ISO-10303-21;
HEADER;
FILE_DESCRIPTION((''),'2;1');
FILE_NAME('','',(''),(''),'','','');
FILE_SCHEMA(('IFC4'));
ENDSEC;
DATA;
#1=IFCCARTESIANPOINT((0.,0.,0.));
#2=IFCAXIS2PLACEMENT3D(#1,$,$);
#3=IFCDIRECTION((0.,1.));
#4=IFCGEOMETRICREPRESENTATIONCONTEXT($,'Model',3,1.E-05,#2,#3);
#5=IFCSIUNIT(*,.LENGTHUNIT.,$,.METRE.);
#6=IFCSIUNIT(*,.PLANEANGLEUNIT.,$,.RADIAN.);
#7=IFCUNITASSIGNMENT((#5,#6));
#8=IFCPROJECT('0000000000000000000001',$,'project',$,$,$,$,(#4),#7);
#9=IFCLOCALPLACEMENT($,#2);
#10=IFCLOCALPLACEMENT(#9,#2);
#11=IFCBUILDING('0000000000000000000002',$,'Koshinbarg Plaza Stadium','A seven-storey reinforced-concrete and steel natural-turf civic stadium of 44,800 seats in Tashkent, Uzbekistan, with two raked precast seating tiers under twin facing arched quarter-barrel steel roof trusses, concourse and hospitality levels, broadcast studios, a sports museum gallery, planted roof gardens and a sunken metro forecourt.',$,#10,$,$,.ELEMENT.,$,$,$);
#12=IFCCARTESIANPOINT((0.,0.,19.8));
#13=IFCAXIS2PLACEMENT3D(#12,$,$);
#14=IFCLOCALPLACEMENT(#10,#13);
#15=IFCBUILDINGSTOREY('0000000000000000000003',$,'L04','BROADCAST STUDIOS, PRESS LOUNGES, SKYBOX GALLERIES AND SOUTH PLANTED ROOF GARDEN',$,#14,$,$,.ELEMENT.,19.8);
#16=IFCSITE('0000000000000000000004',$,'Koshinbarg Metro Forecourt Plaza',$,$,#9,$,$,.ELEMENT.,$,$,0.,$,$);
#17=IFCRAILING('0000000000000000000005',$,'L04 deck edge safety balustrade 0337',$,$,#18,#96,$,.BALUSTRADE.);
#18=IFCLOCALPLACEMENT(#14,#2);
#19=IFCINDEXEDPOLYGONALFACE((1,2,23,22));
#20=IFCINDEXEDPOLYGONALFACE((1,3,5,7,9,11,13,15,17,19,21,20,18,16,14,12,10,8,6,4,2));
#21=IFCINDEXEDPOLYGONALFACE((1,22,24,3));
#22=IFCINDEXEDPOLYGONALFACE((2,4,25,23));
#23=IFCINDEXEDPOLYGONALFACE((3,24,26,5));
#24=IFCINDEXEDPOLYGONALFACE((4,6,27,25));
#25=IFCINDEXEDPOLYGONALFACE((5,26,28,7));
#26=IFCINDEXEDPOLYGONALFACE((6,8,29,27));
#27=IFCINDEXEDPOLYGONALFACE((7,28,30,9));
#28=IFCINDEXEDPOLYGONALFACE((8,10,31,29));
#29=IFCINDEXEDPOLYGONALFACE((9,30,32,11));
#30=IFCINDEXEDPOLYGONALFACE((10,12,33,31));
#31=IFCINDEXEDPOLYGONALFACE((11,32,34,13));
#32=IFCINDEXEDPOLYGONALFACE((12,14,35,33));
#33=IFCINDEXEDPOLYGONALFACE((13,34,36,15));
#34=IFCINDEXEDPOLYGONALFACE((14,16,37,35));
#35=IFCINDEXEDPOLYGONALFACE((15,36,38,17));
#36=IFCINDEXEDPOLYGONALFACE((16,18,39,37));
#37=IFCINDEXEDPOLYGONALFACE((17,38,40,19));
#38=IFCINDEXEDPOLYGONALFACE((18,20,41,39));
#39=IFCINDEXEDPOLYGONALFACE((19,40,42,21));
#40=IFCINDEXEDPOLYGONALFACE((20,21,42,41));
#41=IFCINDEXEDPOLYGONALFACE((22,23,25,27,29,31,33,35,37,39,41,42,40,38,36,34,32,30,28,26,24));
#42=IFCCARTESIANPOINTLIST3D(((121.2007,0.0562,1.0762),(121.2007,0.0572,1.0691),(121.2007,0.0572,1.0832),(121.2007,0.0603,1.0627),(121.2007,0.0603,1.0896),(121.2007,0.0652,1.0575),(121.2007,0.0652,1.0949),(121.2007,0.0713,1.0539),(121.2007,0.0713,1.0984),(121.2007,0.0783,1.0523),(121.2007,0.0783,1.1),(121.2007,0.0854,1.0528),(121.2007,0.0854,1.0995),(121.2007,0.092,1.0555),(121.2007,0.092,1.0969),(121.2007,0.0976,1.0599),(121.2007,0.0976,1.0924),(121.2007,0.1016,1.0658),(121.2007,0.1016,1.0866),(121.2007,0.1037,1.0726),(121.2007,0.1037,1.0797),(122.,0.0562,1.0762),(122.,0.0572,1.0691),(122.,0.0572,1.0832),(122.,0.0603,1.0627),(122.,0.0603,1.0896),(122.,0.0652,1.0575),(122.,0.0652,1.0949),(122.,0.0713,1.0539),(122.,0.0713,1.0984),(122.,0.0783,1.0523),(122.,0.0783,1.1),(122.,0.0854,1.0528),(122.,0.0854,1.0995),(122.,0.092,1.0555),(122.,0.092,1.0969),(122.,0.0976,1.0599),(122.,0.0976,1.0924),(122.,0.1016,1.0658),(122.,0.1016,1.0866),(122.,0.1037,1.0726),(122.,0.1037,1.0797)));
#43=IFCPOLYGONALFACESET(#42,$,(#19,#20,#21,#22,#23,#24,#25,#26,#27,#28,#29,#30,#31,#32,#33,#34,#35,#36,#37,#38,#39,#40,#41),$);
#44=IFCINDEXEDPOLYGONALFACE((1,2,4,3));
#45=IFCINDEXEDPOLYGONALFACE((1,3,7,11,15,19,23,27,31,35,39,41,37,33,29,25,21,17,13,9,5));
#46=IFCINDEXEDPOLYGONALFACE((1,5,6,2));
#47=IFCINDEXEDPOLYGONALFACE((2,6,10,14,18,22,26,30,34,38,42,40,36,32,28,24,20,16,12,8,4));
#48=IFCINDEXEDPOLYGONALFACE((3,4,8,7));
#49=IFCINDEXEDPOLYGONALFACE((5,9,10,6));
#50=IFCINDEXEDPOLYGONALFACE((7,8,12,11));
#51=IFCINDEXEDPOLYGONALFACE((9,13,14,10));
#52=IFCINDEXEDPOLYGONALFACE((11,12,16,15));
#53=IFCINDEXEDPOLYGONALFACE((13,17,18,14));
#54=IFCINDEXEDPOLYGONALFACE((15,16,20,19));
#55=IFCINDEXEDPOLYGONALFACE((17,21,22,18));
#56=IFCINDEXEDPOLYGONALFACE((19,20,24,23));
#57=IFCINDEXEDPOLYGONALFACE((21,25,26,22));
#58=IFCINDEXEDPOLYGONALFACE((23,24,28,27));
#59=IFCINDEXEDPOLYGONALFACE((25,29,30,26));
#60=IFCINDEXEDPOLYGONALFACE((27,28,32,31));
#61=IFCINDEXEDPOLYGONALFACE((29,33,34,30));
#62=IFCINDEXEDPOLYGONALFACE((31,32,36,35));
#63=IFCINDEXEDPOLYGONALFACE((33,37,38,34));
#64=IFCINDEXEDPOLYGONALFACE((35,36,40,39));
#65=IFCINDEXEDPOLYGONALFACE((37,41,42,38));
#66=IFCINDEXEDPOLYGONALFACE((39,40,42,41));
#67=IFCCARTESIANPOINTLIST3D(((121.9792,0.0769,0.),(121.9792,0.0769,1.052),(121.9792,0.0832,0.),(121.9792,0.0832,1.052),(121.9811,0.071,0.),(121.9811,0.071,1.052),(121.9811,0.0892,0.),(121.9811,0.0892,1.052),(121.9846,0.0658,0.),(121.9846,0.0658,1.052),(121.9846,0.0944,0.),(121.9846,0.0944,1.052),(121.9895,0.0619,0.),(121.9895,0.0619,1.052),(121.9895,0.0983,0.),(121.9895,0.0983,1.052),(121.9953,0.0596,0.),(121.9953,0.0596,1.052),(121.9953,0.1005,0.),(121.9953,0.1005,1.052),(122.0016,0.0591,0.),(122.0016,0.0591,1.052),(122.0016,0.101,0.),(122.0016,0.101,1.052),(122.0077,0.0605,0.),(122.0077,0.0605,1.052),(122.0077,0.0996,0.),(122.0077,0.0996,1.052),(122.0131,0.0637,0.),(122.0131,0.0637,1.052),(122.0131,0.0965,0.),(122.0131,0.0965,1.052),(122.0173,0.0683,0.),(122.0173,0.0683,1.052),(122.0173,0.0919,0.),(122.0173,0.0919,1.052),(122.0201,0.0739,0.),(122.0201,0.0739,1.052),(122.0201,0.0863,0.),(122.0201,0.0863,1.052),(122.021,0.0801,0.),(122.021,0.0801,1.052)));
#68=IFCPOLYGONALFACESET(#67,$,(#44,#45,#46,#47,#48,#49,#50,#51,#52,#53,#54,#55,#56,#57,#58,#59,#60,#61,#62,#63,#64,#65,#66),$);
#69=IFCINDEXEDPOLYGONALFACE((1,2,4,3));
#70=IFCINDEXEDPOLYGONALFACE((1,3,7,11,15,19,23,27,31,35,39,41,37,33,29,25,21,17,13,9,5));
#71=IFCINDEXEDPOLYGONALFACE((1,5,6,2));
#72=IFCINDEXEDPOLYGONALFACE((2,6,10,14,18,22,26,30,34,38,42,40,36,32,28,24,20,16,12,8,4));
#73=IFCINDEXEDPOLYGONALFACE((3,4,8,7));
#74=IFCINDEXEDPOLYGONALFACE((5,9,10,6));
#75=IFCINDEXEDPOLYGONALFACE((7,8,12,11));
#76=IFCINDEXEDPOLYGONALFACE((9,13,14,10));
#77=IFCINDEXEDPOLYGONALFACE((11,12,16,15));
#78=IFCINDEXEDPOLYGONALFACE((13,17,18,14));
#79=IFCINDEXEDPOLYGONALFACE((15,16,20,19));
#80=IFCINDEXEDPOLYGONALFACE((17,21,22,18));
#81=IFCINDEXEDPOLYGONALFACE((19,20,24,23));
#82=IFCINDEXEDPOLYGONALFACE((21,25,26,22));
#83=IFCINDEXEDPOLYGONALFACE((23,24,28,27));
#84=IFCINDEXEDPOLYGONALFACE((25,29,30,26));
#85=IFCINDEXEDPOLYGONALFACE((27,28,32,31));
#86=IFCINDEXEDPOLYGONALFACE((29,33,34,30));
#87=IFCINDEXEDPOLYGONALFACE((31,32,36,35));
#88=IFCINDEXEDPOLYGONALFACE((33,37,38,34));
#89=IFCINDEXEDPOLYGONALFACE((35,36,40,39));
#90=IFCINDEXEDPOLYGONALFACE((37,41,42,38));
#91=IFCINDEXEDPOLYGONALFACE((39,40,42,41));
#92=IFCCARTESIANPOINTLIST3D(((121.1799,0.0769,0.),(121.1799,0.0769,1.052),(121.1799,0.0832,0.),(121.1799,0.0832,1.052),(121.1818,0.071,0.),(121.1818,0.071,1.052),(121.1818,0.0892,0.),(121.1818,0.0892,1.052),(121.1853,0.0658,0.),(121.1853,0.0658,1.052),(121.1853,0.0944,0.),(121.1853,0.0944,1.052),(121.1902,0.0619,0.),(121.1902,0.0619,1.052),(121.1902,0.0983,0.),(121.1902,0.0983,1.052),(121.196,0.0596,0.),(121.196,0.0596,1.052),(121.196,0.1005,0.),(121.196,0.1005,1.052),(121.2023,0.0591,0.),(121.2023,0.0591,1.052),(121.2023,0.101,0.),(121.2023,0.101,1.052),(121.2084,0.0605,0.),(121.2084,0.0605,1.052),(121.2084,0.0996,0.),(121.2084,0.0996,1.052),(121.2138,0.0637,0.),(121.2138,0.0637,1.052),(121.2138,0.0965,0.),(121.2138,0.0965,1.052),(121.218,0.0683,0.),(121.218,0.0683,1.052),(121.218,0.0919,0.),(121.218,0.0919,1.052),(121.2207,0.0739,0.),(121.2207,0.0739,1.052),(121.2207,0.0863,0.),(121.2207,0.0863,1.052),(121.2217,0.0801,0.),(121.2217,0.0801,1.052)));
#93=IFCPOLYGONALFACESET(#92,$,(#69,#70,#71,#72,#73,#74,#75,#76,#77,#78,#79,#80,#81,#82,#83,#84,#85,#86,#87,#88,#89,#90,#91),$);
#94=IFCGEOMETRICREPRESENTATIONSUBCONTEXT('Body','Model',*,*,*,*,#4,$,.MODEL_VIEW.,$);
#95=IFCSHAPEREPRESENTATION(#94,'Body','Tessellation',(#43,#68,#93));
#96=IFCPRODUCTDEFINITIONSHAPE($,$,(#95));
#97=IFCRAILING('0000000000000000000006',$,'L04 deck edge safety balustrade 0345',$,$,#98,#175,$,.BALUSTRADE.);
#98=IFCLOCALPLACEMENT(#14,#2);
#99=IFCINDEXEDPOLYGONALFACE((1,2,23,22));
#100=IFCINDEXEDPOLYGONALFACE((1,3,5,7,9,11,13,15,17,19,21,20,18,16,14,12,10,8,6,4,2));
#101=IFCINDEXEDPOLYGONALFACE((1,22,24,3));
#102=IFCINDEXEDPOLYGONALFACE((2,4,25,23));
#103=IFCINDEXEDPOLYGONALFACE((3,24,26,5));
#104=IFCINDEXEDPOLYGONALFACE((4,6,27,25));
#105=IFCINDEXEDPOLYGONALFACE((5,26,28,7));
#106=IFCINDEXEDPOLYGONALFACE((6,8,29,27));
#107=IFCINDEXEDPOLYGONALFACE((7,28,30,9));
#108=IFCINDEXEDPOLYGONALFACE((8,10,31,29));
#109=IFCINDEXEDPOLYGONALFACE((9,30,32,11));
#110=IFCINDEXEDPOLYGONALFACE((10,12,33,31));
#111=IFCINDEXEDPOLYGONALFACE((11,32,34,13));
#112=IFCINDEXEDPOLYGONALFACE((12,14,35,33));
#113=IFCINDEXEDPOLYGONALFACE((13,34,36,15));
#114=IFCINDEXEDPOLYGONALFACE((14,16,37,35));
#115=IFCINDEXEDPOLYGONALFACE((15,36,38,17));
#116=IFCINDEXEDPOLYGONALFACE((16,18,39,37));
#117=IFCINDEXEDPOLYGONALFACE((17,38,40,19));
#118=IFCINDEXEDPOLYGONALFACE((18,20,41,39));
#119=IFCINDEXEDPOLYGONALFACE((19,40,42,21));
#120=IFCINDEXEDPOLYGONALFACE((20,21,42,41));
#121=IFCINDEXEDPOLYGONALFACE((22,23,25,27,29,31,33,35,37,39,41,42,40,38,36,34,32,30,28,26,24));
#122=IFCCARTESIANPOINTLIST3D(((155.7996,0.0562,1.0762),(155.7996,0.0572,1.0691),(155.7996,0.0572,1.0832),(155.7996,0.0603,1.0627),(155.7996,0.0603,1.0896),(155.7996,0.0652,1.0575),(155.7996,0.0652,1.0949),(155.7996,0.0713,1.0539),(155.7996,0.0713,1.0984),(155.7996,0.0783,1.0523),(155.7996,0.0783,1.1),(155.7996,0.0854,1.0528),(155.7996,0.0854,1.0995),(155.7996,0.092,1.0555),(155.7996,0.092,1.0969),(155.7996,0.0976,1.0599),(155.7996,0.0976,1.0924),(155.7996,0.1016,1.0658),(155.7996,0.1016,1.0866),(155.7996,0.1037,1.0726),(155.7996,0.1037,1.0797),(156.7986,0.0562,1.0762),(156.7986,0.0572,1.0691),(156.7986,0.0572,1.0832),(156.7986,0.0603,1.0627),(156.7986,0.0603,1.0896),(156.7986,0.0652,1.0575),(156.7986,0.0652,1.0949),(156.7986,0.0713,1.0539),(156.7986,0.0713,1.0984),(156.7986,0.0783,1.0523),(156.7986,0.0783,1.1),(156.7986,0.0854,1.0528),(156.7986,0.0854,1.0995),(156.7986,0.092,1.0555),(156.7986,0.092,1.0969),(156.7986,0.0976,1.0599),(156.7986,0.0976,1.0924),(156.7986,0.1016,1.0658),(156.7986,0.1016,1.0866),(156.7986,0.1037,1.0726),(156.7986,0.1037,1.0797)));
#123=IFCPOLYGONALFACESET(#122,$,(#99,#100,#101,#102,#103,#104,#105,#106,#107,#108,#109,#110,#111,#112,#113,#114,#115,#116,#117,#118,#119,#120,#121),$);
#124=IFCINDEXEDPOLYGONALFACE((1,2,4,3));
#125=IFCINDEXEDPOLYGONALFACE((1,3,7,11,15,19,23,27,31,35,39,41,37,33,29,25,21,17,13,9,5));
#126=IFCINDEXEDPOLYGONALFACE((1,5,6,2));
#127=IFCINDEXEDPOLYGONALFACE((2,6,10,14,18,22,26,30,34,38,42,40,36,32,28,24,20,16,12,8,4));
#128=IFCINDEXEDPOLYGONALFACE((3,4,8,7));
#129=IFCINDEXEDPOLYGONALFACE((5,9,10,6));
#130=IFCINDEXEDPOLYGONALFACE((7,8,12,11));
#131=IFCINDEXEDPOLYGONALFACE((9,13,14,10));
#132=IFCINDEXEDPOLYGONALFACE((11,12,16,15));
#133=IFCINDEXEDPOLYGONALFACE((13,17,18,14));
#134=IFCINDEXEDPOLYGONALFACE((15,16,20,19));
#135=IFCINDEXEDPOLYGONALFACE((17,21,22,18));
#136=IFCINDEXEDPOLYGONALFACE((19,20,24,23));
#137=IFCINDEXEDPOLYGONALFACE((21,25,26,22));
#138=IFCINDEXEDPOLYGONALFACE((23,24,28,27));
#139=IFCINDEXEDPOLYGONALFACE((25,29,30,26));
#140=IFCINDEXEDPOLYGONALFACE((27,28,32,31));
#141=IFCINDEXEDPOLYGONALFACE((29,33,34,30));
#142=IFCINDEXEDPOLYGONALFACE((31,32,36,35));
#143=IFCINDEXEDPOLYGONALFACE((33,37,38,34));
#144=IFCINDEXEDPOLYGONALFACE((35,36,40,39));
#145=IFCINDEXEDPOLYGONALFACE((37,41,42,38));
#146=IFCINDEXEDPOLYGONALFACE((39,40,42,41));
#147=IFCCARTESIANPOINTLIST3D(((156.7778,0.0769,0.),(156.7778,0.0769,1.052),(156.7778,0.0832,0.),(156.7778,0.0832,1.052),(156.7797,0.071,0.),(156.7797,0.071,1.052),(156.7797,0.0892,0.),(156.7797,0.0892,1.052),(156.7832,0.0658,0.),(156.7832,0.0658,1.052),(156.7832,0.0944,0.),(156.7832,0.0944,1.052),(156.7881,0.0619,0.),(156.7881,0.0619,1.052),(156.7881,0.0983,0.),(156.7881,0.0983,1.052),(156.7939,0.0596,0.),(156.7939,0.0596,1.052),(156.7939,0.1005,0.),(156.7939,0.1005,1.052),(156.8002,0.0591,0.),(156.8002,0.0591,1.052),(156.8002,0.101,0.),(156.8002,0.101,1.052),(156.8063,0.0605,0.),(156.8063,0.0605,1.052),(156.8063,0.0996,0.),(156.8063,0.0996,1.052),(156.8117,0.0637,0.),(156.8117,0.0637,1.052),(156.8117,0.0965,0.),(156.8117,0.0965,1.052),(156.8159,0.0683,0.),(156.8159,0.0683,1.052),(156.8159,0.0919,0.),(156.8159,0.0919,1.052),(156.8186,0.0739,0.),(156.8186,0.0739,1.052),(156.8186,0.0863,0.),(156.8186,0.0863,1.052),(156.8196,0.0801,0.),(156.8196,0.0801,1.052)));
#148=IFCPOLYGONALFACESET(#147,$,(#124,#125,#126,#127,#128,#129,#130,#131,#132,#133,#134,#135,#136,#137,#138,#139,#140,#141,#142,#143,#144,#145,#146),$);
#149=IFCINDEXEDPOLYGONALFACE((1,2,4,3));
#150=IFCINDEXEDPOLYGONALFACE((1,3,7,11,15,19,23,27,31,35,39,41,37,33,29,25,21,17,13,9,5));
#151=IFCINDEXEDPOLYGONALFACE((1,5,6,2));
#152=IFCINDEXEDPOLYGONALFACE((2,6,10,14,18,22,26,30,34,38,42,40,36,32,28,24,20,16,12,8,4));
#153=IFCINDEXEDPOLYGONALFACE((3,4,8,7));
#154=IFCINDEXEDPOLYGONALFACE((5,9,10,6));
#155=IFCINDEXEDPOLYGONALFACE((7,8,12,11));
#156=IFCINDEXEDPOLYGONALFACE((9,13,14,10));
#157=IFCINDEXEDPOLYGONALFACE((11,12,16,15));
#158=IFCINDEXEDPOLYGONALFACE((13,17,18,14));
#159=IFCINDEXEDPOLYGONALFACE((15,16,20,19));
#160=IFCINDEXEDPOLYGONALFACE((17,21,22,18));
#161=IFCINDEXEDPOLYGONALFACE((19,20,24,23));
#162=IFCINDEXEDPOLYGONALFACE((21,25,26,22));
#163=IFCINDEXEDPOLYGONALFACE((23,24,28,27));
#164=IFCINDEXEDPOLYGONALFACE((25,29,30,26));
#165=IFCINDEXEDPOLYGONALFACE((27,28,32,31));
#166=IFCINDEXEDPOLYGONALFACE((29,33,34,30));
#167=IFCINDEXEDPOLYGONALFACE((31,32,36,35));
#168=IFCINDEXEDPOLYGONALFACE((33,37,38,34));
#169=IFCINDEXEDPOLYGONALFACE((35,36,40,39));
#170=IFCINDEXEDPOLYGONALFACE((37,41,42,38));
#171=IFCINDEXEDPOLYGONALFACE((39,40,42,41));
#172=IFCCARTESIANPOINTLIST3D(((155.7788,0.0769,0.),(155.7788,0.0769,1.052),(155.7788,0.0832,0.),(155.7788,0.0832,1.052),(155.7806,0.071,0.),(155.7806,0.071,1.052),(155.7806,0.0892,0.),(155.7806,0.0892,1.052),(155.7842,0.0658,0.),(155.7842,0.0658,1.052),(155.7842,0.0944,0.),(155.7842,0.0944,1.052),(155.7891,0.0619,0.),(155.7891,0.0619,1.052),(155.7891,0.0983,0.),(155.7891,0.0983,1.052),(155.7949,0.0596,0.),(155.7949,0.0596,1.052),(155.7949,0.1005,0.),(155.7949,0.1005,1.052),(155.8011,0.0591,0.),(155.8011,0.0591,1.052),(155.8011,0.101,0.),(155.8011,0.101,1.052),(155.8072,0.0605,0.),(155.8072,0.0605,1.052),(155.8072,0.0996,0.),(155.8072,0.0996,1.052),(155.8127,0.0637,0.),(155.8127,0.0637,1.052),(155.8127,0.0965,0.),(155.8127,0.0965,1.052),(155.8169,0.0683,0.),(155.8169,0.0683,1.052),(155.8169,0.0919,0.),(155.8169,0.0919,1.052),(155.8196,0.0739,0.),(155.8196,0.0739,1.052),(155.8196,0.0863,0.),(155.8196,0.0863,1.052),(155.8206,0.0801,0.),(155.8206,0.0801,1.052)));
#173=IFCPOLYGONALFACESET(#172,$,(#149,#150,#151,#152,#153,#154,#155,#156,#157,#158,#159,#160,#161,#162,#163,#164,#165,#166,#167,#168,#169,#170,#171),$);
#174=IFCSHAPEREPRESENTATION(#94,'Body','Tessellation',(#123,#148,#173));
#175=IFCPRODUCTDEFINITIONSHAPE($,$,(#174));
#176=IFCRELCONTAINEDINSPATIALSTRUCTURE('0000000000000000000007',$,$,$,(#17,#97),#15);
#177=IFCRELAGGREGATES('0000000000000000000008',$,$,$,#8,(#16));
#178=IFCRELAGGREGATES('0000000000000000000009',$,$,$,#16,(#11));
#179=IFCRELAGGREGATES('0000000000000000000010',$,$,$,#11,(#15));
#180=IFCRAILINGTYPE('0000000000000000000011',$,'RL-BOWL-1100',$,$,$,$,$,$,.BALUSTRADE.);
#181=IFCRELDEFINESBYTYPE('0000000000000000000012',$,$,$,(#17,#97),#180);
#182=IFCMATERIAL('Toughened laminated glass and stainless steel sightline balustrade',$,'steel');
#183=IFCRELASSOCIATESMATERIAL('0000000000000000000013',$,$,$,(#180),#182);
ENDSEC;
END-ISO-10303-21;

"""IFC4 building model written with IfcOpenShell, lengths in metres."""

from ifc_helpers import new_model, si_unit, direction, frame, origin, origin_2d, place, context, subcontext, project, spatial, circle, extrude, material, type_object, element, save


model = new_model("IFC4")

# Units and contexts
model_context = context("Model", 3, precision=1e-05, world=origin(), true_north=direction((0.0, 1.0)))
body_context = subcontext(model_context, "Body", "Model", "MODEL_VIEW")
ifc_project = project(units=[si_unit("LENGTHUNIT", "METRE"), si_unit("PLANEANGLEUNIT", "RADIAN")], contexts=[model_context])

# Site, building, storey
site_placement = place(None, origin())
site = spatial("IfcSite", under=ifc_project, at=site_placement, Name="Koshinbarg Metro Forecourt Plaza", CompositionType="ELEMENT", RefElevation=0.0)
building_placement = place(site_placement, origin())
building = spatial("IfcBuilding", under=site, at=building_placement, Name="Koshinbarg Plaza Stadium", Description="A seven-storey reinforced-concrete and steel natural-turf civic stadium of 44,800 seats in Tashkent, Uzbekistan, with two raked precast seating tiers under twin facing arched quarter-barrel steel roof trusses, concourse and hospitality levels, broadcast studios, a sports museum gallery, planted roof gardens and a sunken metro forecourt.", CompositionType="ELEMENT")
storey_placement = place(building_placement, frame((0.0, 0.0, 19.8)))
storey = spatial("IfcBuildingStorey", under=building, at=storey_placement, Name="L04", Description="BROADCAST STUDIOS, PRESS LOUNGES, SKYBOX GALLERIES AND SOUTH PLANTED ROOF GARDEN", CompositionType="ELEMENT", Elevation=19.8)

# Railings
ifc_material_1 = material(Name="Toughened laminated glass and stainless steel sightline balustrade", Category="steel")
railing_type = type_object("IfcRailingType", Name="RL-BOWL-1100", PredefinedType="BALUSTRADE", material=ifc_material_1)
railing_1_placement = place(storey_placement, frame((122.0, 0.0801, 0.0)))
element("IfcRailing", 1, at=railing_1_placement, inside=storey, type_object=railing_type, Name="L04 deck edge safety balustrade 0337", PredefinedType="BALUSTRADE", context=body_context, shape_type="SweptSolid", body=[
    extrude(circle(Radius=0.0239, at=origin_2d()), frame((0.0, 0.0, 1.0762), z_axis=(-1.0, 0.0, 0.0), x_axis=(0.0, -1.0, 0.0)), (0.0, 0.0, 1.0), 0.7993),
    extrude(circle(Radius=0.021, at=origin_2d()), origin(), (0.0, 0.0, 1.0), 1.052),
    extrude(circle(Radius=0.021, at=origin_2d()), frame((-0.7993, 0.0, 0.0)), (0.0, 0.0, 1.0), 1.052),
])
railing_2_placement = place(storey_placement, frame((156.7986, 0.0801, 0.0)))
element("IfcRailing", 2, at=railing_2_placement, inside=storey, type_object=railing_type, Name="L04 deck edge safety balustrade 0345", PredefinedType="BALUSTRADE", context=body_context, shape_type="SweptSolid", body=[
    extrude(circle(Radius=0.0239, at=origin_2d()), frame((0.0, 0.0, 1.0762), z_axis=(-1.0, 0.0, 0.0), x_axis=(0.0, -1.0, 0.0)), (0.0, 0.0, 1.0), 0.999),
    extrude(circle(Radius=0.021, at=origin_2d()), origin(), (0.0, 0.0, 1.0), 1.052),
    extrude(circle(Radius=0.021, at=origin_2d()), frame((-0.999, 0.0, 0.0)), (0.0, 0.0, 1.0), 1.052),
])

save(model, "model.ifc")
